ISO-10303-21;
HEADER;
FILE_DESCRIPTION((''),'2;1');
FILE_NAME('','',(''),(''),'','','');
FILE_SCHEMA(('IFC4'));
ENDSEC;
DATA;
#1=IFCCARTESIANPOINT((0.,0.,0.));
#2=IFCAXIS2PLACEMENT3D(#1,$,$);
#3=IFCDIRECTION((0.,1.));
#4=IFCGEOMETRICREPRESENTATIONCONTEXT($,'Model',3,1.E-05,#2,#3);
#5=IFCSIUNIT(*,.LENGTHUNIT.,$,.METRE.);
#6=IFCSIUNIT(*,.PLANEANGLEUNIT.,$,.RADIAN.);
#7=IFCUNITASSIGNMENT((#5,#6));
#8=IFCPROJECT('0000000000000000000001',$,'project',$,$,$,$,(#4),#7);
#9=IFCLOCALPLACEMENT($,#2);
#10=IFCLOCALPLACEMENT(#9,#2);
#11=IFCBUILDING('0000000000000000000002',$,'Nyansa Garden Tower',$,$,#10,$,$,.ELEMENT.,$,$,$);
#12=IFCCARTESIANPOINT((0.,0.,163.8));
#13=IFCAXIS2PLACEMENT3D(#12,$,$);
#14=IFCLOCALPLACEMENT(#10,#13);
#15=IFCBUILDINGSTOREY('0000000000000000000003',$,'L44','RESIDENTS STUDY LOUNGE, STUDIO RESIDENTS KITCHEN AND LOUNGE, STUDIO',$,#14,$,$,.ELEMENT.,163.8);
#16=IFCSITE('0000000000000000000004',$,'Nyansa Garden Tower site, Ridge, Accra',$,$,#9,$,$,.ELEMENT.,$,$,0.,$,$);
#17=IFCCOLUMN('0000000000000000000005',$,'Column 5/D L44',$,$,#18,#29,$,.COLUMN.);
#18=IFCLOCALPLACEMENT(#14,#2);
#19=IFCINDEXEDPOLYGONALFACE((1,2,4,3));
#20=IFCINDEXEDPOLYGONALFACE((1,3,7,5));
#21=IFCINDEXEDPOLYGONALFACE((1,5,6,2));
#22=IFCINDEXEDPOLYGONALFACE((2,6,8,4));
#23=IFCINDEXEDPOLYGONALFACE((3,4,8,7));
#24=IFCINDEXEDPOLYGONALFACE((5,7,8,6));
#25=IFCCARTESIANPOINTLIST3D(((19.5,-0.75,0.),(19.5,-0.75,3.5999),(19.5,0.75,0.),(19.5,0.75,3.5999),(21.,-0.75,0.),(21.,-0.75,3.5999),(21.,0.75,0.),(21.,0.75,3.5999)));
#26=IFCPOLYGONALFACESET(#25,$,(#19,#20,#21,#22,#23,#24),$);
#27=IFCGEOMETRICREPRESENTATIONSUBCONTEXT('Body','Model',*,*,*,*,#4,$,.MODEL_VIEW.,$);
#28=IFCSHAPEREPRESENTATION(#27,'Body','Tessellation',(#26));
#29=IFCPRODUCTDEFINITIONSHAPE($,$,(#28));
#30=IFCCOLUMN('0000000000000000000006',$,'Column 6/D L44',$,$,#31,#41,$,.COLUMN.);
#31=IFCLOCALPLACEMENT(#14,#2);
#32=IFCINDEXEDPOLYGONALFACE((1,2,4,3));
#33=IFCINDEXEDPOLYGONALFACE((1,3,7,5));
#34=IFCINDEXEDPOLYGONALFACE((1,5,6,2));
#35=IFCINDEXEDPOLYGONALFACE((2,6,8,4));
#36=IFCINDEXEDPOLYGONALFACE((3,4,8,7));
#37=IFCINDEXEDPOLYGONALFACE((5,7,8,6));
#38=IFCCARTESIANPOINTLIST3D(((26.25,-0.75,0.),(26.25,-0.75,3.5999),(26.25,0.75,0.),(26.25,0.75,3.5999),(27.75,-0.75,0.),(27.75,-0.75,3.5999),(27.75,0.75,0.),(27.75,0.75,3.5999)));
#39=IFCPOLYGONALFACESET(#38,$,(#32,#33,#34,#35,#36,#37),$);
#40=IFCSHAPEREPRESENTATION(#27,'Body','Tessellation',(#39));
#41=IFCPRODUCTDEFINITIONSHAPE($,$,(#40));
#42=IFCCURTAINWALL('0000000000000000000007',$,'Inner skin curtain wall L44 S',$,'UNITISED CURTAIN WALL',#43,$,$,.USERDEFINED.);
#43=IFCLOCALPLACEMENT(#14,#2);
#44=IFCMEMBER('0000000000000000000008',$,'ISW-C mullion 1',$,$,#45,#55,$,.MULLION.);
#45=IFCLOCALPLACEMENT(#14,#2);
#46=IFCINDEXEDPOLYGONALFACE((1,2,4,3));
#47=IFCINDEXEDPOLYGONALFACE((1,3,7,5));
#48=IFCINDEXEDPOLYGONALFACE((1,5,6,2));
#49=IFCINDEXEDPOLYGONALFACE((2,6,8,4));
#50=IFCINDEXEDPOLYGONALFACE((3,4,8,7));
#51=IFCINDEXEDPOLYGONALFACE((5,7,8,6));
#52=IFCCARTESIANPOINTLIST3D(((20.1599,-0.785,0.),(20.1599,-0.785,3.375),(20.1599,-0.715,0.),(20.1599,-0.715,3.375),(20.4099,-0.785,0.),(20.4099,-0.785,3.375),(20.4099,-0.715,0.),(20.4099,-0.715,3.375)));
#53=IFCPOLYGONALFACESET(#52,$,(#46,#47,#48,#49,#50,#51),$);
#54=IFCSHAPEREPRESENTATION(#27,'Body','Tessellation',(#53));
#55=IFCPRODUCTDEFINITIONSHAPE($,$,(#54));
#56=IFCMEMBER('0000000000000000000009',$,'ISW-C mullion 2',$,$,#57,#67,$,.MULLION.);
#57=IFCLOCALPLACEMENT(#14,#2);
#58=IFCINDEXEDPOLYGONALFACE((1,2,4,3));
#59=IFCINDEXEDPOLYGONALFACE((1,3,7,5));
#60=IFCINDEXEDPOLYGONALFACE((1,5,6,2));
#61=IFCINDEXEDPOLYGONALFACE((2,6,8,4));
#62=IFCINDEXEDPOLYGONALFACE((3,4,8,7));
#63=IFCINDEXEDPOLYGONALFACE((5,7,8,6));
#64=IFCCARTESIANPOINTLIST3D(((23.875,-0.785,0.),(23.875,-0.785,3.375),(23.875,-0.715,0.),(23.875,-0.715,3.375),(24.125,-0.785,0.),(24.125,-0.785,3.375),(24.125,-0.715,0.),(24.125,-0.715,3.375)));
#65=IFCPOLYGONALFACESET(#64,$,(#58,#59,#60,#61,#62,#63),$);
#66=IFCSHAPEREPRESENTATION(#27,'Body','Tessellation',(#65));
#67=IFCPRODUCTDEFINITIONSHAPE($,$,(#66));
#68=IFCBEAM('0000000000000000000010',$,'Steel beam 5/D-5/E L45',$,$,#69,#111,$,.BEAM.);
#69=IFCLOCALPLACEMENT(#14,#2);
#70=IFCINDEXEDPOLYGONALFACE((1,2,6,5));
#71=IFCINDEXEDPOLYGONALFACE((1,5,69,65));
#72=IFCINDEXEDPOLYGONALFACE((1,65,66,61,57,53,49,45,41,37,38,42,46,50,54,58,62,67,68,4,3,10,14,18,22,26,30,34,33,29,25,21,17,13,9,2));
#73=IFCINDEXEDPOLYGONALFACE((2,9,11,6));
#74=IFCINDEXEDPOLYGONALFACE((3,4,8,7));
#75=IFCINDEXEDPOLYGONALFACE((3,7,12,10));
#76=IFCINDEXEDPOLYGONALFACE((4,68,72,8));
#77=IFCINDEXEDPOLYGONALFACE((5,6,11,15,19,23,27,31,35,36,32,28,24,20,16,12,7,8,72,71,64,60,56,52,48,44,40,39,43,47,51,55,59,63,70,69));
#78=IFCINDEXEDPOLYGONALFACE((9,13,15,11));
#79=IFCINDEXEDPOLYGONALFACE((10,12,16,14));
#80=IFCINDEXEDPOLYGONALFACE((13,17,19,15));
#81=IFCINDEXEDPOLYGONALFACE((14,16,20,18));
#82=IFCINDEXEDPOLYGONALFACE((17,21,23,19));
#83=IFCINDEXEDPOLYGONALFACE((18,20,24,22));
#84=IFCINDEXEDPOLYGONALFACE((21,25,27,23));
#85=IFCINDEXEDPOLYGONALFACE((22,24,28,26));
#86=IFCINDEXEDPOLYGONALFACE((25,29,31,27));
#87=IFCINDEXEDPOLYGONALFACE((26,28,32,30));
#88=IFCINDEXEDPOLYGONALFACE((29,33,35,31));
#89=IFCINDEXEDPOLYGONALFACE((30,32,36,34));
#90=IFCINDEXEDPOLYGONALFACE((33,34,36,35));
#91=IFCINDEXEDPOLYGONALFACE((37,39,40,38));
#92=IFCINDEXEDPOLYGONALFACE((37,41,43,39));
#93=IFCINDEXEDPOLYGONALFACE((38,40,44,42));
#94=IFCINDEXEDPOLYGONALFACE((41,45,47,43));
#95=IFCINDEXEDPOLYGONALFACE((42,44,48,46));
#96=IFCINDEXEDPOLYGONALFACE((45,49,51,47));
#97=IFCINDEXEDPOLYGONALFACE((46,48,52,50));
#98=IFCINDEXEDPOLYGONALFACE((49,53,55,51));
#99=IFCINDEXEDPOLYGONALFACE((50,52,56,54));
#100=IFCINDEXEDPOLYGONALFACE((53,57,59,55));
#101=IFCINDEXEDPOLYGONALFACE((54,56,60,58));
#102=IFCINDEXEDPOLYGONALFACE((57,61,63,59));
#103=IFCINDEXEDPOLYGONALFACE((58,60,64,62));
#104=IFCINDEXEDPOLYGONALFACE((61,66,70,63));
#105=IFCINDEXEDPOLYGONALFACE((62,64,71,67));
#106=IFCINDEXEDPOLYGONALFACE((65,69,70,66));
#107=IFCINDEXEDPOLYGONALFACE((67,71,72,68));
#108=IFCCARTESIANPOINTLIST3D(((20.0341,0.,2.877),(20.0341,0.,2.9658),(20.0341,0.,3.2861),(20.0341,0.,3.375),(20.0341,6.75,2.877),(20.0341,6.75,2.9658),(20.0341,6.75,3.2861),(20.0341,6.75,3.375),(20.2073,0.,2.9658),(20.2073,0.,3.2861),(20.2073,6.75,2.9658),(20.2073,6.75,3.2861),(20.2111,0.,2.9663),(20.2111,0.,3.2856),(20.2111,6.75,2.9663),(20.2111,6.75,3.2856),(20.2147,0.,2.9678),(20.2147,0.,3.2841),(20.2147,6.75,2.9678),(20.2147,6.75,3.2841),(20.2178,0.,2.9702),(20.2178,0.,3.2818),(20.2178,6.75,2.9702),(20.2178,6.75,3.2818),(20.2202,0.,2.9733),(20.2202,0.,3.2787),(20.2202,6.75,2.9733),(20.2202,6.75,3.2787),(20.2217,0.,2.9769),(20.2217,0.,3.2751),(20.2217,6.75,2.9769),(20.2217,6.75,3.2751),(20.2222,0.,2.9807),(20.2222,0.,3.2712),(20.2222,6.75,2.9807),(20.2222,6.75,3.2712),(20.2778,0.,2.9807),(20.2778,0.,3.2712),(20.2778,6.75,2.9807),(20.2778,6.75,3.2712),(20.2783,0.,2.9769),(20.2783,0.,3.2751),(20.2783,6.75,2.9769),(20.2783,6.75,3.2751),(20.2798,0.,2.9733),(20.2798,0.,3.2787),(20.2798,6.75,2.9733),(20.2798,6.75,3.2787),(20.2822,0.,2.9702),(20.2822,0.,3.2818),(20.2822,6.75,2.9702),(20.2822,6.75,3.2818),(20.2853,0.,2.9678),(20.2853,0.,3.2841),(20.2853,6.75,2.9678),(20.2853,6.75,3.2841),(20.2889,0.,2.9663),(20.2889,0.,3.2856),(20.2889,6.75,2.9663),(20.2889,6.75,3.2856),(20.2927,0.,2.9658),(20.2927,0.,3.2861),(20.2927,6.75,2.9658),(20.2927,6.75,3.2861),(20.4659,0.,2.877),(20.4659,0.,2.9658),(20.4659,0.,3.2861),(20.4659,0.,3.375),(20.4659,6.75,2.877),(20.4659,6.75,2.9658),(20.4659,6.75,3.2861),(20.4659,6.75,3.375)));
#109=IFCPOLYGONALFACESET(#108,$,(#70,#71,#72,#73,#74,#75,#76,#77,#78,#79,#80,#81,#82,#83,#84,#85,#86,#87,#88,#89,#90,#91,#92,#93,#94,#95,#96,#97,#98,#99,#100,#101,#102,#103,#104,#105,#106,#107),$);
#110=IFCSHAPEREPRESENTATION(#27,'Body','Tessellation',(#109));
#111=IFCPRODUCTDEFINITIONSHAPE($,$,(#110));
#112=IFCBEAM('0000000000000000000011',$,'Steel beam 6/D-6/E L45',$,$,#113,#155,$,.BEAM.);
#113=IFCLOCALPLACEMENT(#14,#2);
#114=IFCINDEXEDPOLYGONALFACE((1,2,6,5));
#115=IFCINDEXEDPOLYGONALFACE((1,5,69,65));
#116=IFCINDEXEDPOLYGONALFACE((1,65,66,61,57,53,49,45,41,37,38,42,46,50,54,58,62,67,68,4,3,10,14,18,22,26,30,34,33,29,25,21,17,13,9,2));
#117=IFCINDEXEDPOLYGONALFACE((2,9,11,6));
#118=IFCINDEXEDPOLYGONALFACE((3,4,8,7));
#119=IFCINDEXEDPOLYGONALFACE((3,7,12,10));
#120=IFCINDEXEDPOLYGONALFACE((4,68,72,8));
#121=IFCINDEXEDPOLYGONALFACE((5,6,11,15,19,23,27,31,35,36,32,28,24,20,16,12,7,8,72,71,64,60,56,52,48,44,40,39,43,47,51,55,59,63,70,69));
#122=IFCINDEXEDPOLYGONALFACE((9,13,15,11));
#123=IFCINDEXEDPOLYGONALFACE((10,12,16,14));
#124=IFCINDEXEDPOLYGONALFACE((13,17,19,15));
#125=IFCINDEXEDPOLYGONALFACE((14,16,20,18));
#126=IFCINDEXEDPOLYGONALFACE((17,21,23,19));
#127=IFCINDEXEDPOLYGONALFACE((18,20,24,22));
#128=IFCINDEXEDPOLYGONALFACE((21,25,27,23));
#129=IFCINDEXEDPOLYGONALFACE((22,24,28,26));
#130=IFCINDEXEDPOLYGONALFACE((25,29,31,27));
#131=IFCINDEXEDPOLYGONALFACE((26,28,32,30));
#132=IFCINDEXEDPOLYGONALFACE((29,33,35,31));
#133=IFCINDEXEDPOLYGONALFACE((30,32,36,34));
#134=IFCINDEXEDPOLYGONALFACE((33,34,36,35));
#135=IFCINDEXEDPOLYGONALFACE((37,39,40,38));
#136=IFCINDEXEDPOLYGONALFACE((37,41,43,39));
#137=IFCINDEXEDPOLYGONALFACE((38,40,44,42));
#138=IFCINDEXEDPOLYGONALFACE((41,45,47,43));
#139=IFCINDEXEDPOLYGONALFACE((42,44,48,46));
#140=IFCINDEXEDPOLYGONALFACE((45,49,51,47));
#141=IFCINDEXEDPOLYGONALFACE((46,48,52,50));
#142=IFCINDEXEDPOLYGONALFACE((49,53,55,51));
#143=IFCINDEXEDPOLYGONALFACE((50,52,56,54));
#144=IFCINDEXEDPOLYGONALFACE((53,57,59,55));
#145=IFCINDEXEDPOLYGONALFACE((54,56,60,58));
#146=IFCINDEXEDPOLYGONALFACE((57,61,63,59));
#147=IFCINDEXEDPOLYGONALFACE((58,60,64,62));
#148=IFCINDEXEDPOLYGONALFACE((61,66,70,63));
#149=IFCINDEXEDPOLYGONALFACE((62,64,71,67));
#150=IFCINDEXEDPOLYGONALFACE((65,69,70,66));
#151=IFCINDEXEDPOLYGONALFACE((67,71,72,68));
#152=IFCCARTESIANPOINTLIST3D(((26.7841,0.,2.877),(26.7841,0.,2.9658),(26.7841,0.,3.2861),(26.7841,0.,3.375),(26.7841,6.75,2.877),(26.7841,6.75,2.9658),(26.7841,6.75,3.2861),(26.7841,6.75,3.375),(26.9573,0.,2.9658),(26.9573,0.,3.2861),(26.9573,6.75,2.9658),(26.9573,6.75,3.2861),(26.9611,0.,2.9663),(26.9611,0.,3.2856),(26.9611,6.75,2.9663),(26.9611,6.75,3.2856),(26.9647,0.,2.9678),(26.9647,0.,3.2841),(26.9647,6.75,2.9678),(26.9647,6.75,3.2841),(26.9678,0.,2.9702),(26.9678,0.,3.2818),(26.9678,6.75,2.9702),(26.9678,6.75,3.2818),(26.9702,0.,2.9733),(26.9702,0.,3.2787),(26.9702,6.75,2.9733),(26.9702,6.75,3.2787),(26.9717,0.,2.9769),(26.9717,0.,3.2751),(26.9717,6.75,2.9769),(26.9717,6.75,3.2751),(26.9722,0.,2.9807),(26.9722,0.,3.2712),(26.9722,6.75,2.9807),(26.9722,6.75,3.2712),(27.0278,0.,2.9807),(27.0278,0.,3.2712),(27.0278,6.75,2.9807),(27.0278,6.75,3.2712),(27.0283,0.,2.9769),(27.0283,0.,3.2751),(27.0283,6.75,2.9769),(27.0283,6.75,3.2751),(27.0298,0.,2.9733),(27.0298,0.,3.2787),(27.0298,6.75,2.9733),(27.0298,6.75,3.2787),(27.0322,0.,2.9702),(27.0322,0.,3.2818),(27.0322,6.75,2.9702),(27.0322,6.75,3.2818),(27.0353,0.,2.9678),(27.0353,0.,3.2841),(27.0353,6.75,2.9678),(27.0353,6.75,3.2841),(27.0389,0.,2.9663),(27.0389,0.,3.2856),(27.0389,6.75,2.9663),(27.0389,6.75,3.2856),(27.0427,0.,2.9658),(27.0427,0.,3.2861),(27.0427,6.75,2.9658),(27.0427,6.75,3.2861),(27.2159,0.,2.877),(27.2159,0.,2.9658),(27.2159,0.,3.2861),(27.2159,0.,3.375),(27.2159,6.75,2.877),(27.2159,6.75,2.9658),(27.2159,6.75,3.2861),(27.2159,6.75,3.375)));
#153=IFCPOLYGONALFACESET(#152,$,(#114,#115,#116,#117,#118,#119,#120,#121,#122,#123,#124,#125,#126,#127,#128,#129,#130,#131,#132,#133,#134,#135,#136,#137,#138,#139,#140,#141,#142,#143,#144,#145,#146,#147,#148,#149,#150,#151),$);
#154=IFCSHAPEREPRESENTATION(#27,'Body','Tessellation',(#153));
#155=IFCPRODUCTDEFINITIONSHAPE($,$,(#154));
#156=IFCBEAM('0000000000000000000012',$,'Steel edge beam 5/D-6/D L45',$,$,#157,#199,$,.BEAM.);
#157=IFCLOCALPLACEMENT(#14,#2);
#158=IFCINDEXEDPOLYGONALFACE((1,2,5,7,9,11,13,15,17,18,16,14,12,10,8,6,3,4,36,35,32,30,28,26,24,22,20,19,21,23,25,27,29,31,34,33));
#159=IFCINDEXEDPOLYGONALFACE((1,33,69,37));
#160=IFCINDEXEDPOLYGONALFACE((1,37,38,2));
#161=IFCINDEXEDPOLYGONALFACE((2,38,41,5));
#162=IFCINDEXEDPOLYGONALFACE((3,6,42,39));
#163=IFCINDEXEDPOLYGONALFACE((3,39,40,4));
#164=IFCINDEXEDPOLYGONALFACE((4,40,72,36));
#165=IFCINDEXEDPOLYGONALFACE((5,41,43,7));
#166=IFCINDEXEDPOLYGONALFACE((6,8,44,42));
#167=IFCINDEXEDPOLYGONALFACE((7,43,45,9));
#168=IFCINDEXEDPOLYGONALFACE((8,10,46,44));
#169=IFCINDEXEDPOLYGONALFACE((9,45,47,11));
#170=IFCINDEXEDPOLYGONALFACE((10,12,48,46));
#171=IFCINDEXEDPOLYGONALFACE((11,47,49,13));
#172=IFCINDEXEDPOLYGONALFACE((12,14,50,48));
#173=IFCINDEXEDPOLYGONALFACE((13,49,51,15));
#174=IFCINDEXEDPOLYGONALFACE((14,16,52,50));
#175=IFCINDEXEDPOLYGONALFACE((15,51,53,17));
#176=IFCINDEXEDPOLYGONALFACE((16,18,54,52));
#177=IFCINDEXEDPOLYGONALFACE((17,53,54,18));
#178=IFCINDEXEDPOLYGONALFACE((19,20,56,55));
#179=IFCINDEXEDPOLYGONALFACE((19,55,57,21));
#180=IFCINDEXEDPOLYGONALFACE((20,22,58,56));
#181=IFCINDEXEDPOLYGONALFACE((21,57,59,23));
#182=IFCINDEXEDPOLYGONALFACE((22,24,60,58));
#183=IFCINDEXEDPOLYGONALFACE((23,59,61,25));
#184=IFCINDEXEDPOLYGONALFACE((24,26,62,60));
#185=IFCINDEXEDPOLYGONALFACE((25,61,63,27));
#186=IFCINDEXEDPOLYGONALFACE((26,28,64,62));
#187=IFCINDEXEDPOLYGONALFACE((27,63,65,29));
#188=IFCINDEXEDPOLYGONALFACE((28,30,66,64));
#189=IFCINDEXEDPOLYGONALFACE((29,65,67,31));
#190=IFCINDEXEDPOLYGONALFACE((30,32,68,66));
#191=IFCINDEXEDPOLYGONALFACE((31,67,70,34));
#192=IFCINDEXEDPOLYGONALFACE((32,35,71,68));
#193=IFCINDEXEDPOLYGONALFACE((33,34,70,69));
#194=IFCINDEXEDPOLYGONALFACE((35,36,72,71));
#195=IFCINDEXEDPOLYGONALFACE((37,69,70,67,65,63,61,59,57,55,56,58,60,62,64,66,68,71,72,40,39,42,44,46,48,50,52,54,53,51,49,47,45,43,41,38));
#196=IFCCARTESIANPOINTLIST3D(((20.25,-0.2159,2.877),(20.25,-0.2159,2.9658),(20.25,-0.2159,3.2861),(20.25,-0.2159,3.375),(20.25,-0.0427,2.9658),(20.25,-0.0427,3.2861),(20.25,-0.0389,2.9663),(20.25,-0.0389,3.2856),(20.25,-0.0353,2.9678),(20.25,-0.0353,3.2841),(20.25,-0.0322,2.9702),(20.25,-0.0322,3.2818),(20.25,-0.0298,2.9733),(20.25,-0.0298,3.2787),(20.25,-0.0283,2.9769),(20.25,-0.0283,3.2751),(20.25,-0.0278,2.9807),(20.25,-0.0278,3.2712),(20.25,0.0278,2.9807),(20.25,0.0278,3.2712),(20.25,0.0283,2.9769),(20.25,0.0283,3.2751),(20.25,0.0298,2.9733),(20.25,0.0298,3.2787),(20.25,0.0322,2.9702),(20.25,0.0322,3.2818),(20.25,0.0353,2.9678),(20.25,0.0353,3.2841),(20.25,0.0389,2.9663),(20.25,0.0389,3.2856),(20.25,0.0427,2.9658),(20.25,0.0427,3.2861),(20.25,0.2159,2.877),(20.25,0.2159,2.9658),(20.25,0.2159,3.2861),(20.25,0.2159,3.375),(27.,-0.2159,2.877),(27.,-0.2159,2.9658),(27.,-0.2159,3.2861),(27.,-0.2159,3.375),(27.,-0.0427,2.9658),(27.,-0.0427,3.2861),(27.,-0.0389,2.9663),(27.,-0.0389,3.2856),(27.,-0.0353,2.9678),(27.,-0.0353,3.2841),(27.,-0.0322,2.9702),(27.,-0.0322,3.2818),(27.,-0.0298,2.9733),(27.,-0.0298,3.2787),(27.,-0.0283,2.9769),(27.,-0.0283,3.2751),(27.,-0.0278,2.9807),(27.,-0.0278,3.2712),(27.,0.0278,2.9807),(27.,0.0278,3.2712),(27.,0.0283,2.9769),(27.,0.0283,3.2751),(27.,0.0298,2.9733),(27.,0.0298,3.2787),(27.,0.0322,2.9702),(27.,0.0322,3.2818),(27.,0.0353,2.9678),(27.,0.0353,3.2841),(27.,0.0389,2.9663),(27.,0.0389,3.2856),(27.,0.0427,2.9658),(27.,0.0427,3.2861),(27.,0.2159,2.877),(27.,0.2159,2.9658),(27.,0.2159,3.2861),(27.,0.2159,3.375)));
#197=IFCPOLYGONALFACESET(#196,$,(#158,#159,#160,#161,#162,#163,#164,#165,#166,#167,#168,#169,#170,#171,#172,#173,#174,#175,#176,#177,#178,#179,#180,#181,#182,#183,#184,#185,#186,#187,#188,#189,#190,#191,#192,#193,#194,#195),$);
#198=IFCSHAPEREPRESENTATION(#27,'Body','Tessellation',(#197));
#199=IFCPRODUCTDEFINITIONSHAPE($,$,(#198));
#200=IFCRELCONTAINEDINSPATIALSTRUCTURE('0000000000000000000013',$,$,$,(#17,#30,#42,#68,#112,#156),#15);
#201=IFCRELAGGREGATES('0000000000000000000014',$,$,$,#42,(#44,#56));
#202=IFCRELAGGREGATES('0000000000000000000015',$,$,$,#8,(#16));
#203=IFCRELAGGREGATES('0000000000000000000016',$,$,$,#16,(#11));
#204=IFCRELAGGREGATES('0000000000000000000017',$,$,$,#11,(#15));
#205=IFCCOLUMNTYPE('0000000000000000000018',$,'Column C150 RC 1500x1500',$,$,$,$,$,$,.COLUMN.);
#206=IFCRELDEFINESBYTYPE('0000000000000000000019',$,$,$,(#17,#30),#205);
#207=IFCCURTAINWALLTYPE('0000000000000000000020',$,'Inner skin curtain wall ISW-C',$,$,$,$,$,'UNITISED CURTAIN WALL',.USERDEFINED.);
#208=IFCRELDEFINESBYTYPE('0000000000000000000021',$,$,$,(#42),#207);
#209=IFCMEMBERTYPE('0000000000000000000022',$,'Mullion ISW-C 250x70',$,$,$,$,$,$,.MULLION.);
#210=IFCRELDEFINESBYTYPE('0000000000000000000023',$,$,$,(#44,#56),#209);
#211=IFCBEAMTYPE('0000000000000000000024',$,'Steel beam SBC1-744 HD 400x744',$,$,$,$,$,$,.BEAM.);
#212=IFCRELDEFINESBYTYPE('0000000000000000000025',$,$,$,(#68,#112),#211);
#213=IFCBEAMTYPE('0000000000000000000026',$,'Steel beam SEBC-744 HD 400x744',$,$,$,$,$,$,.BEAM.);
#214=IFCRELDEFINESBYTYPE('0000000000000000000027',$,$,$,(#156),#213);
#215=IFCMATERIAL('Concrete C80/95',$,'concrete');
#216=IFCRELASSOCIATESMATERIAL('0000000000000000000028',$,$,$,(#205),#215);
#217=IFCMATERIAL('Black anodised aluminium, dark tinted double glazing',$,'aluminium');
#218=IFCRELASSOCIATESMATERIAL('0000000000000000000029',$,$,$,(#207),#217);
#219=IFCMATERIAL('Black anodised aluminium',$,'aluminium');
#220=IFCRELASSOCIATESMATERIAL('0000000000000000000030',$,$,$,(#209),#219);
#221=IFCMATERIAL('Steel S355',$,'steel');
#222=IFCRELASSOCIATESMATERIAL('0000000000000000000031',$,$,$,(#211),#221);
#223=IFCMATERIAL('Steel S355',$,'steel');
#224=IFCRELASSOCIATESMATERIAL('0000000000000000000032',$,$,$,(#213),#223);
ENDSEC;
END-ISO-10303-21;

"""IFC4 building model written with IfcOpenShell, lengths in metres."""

from ifc_helpers import new_model, si_unit, direction, frame, origin, origin_2d, place, context, subcontext, project, spatial, rectangle, i_section, extrude, material, material_profile, profile_set, type_object, element, aggregate, save


model = new_model("IFC4")

# Units and contexts
model_context = context("Model", 3, precision=1e-05, world=origin(), true_north=direction((0.0, 1.0)))
body_context = subcontext(model_context, "Body", "Model", "MODEL_VIEW")
ifc_project = project(units=[si_unit("LENGTHUNIT", "METRE"), si_unit("PLANEANGLEUNIT", "RADIAN")], contexts=[model_context])

# Site, building, storey
site_placement = place(None, origin())
site = spatial("IfcSite", under=ifc_project, at=site_placement, Name="Nyansa Garden Tower site, Ridge, Accra", CompositionType="ELEMENT", RefElevation=0.0)
building_placement = place(site_placement, origin())
building = spatial("IfcBuilding", under=site, at=building_placement, Name="Nyansa Garden Tower", CompositionType="ELEMENT")
storey_placement = place(building_placement, frame((0.0, 0.0, 163.8)))
storey = spatial("IfcBuildingStorey", under=building, at=storey_placement, Name="L44", Description="RESIDENTS STUDY LOUNGE, STUDIO RESIDENTS KITCHEN AND LOUNGE, STUDIO", CompositionType="ELEMENT", Elevation=163.8)

# Columns
ifc_material_1 = material(Name="Concrete C80/95", Category="concrete")
ifc_material_profile_1 = material_profile(ifc_material_1, rectangle(XDim=1.5, YDim=1.5, at=origin_2d()), Name="RC 1500x1500")
ifc_profile_set_1 = profile_set([ifc_material_profile_1], Name="Concrete C80/95")
column_type = type_object("IfcColumnType", Name="Column C150 RC 1500x1500", PredefinedType="COLUMN", material=ifc_profile_set_1)
for number, where, z_axis, x_axis, name in (
    (1, (20.25, 0.0, 0.0), (0.0, 0.0, 1.0), (1.0, 0.0, 0.0), "Column 5/D L44"),
    (2, (27.0, 0.0, 0.0), (0.0, 0.0, 1.0), (1.0, 0.0, 0.0), "Column 6/D L44"),
):
    element("IfcColumn", number, at=place(storey_placement, frame(where, z_axis=z_axis, x_axis=x_axis)), inside=storey, type_object=column_type, Name=name, PredefinedType="COLUMN", context=body_context, shape_type="SweptSolid", body=[
        extrude(rectangle(XDim=1.5, YDim=1.5, at=origin_2d()), origin(), (0.0, 0.0, 1.0), 3.5999),
    ])

# Curtain wall, members
ifc_material_2 = material(Name="Black anodised aluminium, dark tinted double glazing", Category="aluminium")
curtain_wall_type = type_object("IfcCurtainWallType", Name="Inner skin curtain wall ISW-C", ElementType="UNITISED CURTAIN WALL", PredefinedType="USERDEFINED", material=ifc_material_2)
curtain_wall_placement = place(storey_placement, origin())
curtain_wall = element("IfcCurtainWall", 3, at=curtain_wall_placement, inside=storey, type_object=curtain_wall_type, Name="Inner skin curtain wall L44 S", ObjectType="UNITISED CURTAIN WALL", PredefinedType="USERDEFINED")
ifc_material_3 = material(Name="Black anodised aluminium", Category="aluminium")
ifc_material_profile_2 = material_profile(ifc_material_3, rectangle(XDim=0.0701, YDim=0.25, at=origin_2d()), Name="Mullion 250x70")
ifc_profile_set_2 = profile_set([ifc_material_profile_2], Name="Black anodised aluminium")
member_type_1 = type_object("IfcMemberType", Name="Mullion ISW-C 250x70", PredefinedType="MULLION", material=ifc_profile_set_2)
member_1_placement = place(storey_placement, frame((20.2849, -0.75, 0.0), z_axis=(0.0, 0.0, 1.0), x_axis=(0.0, 1.0, 0.0)))
member_1 = element("IfcMember", 4, at=member_1_placement, type_object=member_type_1, Name="ISW-C mullion 1", PredefinedType="MULLION", context=body_context, shape_type="SweptSolid", body=[
    extrude(rectangle(XDim=0.0701, YDim=0.25, at=origin_2d()), origin(), (0.0, 0.0, 1.0), 3.375),
])
member_2_placement = place(storey_placement, frame((24.0, -0.75, 0.0), z_axis=(0.0, 0.0, 1.0), x_axis=(0.0, 1.0, 0.0)))
member_2 = element("IfcMember", 5, at=member_2_placement, type_object=member_type_1, Name="ISW-C mullion 2", PredefinedType="MULLION", context=body_context, shape_type="SweptSolid", body=[
    extrude(rectangle(XDim=0.0701, YDim=0.25, at=origin_2d()), origin(), (0.0, 0.0, 1.0), 3.375),
])

# Beams
ifc_material_4 = material(Name="Steel S355", Category="steel")
ifc_material_profile_3 = material_profile(ifc_material_4, i_section(OverallWidth=0.4319, OverallDepth=0.498, WebThickness=0.0557, FlangeThickness=0.0889, FilletRadius=0.0149, at=origin_2d()), Name="HD 400x744")
ifc_profile_set_3 = profile_set([ifc_material_profile_3], Name="Steel S355")
beam_type_1 = type_object("IfcBeamType", Name="Steel beam SBC1-744 HD 400x744", PredefinedType="BEAM", material=ifc_profile_set_3)
for number, where, z_axis, x_axis, name in (
    (6, (20.25, 0.0, 3.126), (0.0, 1.0, 0.0), (-1.0, 0.0, 0.0), "Steel beam 5/D-5/E L45"),
    (7, (27.0, 0.0, 3.126), (0.0, 1.0, 0.0), (-1.0, 0.0, 0.0), "Steel beam 6/D-6/E L45"),
):
    element("IfcBeam", number, at=place(storey_placement, frame(where, z_axis=z_axis, x_axis=x_axis)), inside=storey, type_object=beam_type_1, Name=name, PredefinedType="BEAM", context=body_context, shape_type="SweptSolid", body=[
        extrude(i_section(OverallWidth=0.4319, OverallDepth=0.498, WebThickness=0.0557, FlangeThickness=0.0889, FilletRadius=0.0149, at=origin_2d()), origin(), (0.0, 0.0, 1.0), 6.75),
    ])
ifc_material_5 = material(Name="Steel S355", Category="steel")
ifc_material_profile_4 = material_profile(ifc_material_5, i_section(OverallWidth=0.4319, OverallDepth=0.498, WebThickness=0.0557, FlangeThickness=0.0889, FilletRadius=0.0149, at=origin_2d()), Name="HD 400x744")
ifc_profile_set_4 = profile_set([ifc_material_profile_4], Name="Steel S355")
beam_type_2 = type_object("IfcBeamType", Name="Steel beam SEBC-744 HD 400x744", PredefinedType="BEAM", material=ifc_profile_set_4)
beam_placement = place(storey_placement, frame((20.25, 0.0, 3.126), z_axis=(1.0, 0.0, 0.0), x_axis=(0.0, 1.0, 0.0)))
element("IfcBeam", 8, at=beam_placement, inside=storey, type_object=beam_type_2, Name="Steel edge beam 5/D-6/D L45", PredefinedType="BEAM", context=body_context, shape_type="SweptSolid", body=[
    extrude(i_section(OverallWidth=0.4319, OverallDepth=0.498, WebThickness=0.0557, FlangeThickness=0.0889, FilletRadius=0.0149, at=origin_2d()), origin(), (0.0, 0.0, 1.0), 6.75),
])

aggregate(curtain_wall, [member_1, member_2])

save(model, "model.ifc")
